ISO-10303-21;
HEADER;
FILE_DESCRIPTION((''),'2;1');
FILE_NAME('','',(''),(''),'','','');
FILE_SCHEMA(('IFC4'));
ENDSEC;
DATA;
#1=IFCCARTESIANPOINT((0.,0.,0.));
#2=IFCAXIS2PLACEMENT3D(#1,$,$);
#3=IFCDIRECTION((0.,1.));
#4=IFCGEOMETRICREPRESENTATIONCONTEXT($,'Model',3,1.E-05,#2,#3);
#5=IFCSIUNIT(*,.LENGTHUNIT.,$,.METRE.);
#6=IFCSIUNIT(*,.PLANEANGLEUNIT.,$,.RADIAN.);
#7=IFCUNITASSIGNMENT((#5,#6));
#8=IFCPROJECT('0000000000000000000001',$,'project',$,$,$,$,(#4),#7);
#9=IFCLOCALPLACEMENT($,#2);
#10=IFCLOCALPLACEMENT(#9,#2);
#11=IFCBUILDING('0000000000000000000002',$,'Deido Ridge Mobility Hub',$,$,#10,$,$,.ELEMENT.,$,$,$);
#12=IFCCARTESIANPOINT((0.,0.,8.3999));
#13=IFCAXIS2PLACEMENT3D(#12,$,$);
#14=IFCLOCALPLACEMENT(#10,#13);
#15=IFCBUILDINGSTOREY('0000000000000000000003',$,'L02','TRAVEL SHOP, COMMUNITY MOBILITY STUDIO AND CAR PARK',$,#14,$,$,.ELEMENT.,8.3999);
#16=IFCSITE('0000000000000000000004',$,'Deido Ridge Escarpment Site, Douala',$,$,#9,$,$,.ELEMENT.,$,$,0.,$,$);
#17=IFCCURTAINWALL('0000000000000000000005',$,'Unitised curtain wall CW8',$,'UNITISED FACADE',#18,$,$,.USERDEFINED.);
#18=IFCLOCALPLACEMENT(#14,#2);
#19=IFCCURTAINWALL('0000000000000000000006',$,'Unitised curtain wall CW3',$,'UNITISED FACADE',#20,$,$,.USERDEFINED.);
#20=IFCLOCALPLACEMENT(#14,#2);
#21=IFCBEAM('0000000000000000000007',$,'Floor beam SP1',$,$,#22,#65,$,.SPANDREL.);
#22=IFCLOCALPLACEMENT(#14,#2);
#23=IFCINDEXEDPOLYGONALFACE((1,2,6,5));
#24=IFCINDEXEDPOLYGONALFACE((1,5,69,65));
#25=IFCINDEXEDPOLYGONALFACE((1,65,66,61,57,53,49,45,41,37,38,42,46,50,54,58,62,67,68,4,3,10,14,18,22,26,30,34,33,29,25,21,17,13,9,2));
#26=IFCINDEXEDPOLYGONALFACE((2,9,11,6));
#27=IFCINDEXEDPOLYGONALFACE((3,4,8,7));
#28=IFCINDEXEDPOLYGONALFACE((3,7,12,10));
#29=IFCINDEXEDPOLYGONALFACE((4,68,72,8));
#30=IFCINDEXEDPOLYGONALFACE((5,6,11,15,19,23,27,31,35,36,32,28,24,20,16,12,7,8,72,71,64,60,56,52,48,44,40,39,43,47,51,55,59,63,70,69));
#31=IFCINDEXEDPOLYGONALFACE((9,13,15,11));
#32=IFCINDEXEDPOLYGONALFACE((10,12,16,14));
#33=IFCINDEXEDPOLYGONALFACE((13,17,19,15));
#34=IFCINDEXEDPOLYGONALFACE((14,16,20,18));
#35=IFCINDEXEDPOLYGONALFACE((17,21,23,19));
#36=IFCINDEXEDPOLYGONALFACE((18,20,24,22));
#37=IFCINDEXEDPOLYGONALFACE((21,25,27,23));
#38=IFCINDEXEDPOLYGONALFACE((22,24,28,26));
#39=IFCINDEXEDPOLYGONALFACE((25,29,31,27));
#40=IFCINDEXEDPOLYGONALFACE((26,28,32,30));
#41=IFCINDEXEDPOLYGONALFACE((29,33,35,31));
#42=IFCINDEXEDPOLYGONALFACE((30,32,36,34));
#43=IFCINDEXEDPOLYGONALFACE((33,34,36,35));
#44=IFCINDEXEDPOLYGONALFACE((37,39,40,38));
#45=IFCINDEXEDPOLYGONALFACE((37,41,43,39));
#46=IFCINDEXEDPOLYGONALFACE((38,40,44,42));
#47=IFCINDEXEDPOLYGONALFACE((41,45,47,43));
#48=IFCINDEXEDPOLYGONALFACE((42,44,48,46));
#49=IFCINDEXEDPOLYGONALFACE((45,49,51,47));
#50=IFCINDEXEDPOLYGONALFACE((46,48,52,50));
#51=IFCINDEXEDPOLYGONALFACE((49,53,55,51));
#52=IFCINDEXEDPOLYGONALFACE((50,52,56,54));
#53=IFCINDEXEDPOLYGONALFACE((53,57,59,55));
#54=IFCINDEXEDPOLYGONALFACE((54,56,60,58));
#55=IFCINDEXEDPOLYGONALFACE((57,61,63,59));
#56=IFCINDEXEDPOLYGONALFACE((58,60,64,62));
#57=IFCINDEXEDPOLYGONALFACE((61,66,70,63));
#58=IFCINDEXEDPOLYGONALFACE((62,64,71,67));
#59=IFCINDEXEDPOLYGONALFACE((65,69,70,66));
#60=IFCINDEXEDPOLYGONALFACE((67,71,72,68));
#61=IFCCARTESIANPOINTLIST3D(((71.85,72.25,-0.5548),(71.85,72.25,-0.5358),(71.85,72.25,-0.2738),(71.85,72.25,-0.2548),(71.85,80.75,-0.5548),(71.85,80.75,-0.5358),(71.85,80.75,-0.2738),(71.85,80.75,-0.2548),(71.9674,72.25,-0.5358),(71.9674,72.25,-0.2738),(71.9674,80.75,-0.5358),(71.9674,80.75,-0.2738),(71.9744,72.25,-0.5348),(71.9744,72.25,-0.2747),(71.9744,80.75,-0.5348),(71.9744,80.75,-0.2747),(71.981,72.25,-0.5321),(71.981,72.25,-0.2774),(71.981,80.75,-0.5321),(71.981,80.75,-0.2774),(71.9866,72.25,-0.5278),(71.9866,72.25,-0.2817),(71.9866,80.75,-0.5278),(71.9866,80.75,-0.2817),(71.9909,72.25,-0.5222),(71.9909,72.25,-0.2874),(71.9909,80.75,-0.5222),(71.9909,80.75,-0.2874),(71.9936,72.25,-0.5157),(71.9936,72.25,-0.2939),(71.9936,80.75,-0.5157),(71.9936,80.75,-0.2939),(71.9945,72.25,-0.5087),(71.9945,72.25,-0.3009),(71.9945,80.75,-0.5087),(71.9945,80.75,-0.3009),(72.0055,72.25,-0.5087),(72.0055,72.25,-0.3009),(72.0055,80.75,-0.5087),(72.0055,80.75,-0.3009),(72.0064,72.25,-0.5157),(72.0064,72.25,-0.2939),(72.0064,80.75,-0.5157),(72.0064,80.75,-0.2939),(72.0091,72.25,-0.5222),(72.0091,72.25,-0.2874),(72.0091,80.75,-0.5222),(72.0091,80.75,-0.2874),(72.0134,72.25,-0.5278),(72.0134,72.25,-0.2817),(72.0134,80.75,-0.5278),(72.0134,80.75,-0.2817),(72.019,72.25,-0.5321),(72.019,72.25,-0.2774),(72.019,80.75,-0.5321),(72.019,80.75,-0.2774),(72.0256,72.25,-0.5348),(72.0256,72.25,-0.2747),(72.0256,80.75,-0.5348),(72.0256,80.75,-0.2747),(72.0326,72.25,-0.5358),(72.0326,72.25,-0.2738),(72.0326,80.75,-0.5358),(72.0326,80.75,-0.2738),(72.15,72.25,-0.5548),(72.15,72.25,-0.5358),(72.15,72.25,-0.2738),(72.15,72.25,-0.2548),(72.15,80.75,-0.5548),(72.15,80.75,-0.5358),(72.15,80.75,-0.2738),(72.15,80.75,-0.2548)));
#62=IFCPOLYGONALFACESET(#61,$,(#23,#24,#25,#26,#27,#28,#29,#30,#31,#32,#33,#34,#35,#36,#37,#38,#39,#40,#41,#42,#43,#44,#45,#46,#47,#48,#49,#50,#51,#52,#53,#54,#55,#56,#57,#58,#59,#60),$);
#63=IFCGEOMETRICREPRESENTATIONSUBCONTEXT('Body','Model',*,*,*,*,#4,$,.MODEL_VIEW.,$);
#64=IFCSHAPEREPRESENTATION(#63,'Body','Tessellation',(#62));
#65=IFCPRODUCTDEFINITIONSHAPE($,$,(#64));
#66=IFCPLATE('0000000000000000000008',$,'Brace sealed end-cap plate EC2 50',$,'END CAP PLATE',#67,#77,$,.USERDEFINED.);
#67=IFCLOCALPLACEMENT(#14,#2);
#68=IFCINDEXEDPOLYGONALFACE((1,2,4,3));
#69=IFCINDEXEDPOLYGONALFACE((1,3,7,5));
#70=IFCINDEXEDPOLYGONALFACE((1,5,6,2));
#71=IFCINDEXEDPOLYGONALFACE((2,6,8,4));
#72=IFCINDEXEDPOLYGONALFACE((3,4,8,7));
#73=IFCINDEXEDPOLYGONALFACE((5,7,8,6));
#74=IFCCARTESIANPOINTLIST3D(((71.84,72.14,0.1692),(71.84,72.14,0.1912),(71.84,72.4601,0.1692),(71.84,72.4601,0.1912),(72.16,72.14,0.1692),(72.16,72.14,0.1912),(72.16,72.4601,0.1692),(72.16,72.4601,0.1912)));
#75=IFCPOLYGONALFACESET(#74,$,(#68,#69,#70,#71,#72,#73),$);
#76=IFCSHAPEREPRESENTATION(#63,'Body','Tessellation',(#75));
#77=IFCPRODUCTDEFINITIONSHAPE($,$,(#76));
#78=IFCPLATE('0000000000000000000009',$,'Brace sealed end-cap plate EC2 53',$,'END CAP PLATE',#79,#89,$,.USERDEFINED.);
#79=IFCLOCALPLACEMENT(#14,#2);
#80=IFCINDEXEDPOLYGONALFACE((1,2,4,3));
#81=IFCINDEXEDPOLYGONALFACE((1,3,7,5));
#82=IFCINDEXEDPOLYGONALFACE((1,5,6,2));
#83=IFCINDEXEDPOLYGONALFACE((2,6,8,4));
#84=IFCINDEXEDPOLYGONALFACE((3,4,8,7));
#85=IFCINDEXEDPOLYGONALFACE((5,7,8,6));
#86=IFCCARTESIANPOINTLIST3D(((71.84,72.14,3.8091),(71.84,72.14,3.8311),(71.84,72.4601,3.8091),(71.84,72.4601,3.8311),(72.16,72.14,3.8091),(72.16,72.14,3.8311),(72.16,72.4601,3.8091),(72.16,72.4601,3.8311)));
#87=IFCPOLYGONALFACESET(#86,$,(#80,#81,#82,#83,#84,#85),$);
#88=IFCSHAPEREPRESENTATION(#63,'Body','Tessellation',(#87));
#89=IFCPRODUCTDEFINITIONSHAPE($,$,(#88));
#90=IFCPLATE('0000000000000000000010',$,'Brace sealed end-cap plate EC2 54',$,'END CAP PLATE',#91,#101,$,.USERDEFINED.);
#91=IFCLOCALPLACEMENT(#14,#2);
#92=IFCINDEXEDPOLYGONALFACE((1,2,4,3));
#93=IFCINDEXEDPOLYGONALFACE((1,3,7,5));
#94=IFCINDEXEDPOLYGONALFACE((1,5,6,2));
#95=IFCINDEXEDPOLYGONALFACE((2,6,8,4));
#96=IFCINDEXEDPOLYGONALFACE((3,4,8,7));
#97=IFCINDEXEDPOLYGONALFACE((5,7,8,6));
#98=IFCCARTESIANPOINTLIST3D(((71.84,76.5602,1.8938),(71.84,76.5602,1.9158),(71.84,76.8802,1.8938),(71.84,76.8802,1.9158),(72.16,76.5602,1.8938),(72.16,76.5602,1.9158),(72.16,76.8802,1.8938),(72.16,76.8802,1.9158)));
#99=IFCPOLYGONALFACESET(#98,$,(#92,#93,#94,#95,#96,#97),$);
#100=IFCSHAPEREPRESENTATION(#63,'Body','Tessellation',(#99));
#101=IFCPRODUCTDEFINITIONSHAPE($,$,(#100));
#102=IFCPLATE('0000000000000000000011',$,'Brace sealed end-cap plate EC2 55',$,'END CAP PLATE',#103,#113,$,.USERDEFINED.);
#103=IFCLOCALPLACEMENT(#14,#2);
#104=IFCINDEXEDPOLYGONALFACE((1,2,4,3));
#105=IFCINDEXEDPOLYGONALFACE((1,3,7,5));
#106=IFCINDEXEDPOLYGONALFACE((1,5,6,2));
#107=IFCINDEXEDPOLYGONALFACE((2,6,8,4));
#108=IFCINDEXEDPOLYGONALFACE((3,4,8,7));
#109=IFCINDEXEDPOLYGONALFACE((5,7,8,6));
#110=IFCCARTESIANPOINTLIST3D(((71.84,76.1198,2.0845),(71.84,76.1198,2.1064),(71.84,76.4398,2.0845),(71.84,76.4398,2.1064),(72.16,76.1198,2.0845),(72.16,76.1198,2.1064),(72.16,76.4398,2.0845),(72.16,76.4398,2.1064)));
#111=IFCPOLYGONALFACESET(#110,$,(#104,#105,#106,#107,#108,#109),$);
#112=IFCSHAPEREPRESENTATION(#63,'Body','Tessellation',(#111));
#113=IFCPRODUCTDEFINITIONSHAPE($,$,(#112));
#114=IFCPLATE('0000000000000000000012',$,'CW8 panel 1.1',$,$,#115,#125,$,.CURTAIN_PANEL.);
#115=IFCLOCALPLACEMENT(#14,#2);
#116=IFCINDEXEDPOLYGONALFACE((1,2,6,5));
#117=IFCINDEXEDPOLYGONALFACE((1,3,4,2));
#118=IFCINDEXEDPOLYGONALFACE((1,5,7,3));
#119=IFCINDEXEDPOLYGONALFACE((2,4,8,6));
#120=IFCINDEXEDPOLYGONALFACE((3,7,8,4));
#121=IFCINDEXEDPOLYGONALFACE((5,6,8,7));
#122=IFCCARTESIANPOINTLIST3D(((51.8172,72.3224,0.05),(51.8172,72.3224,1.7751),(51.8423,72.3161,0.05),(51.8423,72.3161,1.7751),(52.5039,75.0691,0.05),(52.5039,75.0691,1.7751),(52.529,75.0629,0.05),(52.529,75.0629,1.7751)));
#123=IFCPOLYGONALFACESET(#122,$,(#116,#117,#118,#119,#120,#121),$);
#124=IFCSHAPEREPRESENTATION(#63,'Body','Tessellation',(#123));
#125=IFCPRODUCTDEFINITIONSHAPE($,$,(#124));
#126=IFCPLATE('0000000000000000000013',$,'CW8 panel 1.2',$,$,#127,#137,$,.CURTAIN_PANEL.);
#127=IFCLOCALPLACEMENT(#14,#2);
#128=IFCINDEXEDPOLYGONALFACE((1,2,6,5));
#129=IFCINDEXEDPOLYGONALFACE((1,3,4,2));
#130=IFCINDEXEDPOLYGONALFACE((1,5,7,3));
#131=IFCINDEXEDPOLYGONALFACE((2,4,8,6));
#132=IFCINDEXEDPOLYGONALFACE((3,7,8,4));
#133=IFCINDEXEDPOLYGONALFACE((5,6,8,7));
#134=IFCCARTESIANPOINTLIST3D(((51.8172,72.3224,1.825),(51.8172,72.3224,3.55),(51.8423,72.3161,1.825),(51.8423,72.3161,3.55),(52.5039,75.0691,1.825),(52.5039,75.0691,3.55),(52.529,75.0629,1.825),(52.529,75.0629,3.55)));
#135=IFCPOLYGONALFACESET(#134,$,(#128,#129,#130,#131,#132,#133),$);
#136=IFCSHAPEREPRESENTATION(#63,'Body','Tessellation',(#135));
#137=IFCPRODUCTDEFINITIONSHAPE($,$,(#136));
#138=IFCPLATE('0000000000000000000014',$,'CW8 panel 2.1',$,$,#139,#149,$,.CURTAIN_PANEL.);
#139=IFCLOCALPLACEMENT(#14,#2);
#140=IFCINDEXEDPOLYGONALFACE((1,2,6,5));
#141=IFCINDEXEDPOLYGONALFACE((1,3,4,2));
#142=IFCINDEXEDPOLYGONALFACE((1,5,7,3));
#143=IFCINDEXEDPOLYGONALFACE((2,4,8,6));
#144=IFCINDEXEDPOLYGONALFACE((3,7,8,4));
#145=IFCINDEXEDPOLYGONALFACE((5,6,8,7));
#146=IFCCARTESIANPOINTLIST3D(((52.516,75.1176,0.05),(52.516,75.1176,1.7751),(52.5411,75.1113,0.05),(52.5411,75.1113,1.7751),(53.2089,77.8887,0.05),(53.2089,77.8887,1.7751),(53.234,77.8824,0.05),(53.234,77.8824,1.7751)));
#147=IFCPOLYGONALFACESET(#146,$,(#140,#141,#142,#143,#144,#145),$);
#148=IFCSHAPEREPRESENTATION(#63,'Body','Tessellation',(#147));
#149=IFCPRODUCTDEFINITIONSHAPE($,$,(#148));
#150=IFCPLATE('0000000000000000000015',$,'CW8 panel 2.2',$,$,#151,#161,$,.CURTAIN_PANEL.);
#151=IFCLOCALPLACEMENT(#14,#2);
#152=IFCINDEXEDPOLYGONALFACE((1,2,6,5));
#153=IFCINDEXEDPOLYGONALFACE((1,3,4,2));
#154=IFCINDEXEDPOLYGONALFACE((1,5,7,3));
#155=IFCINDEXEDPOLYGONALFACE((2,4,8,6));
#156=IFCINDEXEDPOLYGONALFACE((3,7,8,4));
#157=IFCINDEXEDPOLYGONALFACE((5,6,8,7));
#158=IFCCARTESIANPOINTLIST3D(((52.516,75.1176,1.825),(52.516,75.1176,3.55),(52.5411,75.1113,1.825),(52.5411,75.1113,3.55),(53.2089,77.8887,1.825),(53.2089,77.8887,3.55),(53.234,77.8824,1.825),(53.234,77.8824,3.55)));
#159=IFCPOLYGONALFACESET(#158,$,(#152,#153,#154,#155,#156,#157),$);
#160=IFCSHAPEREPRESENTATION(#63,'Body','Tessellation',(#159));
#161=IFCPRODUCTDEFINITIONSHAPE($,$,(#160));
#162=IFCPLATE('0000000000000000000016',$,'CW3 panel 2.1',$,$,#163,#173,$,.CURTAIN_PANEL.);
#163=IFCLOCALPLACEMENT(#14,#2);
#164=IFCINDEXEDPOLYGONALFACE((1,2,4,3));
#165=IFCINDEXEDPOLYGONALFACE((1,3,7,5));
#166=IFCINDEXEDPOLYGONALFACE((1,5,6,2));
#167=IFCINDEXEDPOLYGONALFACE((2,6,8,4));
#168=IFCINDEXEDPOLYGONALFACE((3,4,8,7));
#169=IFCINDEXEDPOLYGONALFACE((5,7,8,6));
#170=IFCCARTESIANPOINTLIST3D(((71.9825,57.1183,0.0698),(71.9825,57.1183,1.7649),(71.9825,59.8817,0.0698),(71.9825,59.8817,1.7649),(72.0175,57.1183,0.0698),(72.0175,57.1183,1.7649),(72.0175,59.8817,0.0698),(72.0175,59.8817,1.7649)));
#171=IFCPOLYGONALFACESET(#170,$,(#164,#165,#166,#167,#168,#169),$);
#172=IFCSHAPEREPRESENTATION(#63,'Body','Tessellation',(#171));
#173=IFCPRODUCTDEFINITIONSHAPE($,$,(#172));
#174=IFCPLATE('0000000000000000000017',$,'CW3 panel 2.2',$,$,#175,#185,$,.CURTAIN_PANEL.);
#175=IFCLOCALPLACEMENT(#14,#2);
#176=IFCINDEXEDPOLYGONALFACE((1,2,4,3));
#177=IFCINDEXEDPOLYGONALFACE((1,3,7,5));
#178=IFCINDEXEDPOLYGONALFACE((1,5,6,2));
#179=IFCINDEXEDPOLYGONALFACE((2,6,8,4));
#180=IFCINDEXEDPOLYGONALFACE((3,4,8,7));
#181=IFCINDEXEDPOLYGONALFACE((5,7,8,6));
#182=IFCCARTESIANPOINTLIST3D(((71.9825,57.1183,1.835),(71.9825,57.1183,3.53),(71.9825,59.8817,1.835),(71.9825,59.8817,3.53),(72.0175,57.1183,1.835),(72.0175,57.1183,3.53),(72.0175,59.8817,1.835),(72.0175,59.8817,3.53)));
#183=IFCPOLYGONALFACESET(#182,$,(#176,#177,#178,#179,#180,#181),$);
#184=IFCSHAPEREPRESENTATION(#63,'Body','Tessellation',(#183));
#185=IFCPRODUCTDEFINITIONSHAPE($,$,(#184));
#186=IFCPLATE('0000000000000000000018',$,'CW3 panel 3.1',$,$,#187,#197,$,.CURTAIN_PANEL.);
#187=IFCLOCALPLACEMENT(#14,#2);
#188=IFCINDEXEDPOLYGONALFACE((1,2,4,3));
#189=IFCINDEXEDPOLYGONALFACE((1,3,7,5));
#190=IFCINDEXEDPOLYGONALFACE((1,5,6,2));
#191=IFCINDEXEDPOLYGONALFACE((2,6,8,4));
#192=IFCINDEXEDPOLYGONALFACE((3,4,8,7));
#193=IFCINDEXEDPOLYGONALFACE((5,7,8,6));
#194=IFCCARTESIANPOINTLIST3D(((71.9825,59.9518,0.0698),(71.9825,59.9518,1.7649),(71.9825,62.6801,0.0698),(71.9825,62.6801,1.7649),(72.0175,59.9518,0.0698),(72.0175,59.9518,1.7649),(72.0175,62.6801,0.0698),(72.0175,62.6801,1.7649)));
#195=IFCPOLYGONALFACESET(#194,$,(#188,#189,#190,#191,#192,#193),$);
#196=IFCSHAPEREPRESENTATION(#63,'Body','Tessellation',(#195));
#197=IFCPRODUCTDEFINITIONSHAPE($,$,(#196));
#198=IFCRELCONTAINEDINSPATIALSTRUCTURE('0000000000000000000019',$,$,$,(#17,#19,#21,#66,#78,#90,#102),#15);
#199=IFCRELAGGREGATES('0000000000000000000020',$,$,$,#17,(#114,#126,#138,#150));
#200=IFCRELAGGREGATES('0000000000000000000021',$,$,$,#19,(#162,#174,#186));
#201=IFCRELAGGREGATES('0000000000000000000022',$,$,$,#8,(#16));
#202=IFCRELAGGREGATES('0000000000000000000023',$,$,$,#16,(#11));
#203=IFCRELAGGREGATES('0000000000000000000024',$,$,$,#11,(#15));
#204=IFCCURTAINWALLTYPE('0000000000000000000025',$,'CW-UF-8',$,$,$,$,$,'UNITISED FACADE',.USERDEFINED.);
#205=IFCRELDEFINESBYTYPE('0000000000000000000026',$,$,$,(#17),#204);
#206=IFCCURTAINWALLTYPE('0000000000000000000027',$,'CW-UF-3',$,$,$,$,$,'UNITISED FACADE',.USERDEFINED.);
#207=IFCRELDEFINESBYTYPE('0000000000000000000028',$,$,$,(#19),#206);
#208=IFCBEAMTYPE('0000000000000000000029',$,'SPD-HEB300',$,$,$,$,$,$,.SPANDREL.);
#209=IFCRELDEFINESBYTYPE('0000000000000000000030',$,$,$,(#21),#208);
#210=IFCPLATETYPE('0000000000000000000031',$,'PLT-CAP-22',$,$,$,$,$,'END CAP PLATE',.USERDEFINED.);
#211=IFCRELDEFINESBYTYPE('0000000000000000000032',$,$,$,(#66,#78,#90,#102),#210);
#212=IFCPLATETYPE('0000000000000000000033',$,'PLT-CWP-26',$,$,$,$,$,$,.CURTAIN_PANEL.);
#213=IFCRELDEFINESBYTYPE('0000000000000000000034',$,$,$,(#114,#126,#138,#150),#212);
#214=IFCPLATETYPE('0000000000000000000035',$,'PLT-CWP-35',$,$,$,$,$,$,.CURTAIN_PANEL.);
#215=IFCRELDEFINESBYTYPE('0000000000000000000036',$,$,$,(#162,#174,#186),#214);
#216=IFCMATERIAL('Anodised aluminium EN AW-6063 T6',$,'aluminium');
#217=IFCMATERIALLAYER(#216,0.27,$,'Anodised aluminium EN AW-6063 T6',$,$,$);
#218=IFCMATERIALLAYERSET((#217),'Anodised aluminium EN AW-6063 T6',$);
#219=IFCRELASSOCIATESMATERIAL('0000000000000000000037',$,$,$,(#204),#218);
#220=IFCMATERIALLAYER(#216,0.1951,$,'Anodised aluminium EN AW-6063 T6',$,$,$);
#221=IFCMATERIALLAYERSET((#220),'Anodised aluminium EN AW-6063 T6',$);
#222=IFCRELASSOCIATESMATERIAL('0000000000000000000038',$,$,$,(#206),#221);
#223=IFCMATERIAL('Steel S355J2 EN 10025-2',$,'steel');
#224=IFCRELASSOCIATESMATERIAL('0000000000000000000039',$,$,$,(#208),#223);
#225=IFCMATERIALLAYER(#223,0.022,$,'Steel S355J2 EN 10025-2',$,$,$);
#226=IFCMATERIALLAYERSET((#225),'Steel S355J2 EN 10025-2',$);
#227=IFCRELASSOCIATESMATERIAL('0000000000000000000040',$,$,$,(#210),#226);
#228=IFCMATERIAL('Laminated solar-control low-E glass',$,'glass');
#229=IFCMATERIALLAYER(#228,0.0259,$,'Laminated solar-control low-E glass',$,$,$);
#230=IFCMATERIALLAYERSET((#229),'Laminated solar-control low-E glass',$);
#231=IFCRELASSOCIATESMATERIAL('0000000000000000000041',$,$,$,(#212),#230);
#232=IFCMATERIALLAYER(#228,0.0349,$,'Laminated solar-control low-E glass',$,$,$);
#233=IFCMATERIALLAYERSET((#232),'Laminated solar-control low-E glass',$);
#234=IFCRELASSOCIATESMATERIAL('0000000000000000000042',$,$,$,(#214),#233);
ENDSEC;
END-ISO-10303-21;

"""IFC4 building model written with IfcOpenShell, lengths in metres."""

from ifc_helpers import new_model, si_unit, direction, frame, origin, origin_2d, place, context, subcontext, project, spatial, rectangle, i_section, extrude, material, layer, layer_set, material_profile, profile_set, type_object, element, aggregate, save


model = new_model("IFC4")

# Units and contexts
model_context = context("Model", 3, precision=1e-05, world=origin(), true_north=direction((0.0, 1.0)))
body_context = subcontext(model_context, "Body", "Model", "MODEL_VIEW")
ifc_project = project(units=[si_unit("LENGTHUNIT", "METRE"), si_unit("PLANEANGLEUNIT", "RADIAN")], contexts=[model_context])

# Site, building, storey
site_placement = place(None, origin())
site = spatial("IfcSite", under=ifc_project, at=site_placement, Name="Deido Ridge Escarpment Site, Douala", CompositionType="ELEMENT", RefElevation=0.0)
building_placement = place(site_placement, origin())
building = spatial("IfcBuilding", under=site, at=building_placement, Name="Deido Ridge Mobility Hub", CompositionType="ELEMENT")
storey_placement = place(building_placement, frame((0.0, 0.0, 8.3999)))
storey = spatial("IfcBuildingStorey", under=building, at=storey_placement, Name="L02", Description="TRAVEL SHOP, COMMUNITY MOBILITY STUDIO AND CAR PARK", CompositionType="ELEMENT", Elevation=8.3999)

# Shared definitions
ifc_material_1 = material(Name="Steel S355J2 EN 10025-2", Category="steel")

# Curtain walls
ifc_material_2 = material(Name="Anodised aluminium EN AW-6063 T6", Category="aluminium")
ifc_layer_1 = layer(ifc_material_2, 0.27, Name="Anodised aluminium EN AW-6063 T6")
ifc_layer_set_1 = layer_set([ifc_layer_1], Name="Anodised aluminium EN AW-6063 T6")
curtain_wall_type_1 = type_object("IfcCurtainWallType", Name="CW-UF-8", ElementType="UNITISED FACADE", PredefinedType="USERDEFINED", material=ifc_layer_set_1)
curtain_wall_1_placement = place(storey_placement, origin())
curtain_wall_1 = element("IfcCurtainWall", 1, at=curtain_wall_1_placement, inside=storey, type_object=curtain_wall_type_1, Name="Unitised curtain wall CW8", ObjectType="UNITISED FACADE", PredefinedType="USERDEFINED")
ifc_layer_2 = layer(ifc_material_2, 0.1951, Name="Anodised aluminium EN AW-6063 T6")
ifc_layer_set_2 = layer_set([ifc_layer_2], Name="Anodised aluminium EN AW-6063 T6")
curtain_wall_type_2 = type_object("IfcCurtainWallType", Name="CW-UF-3", ElementType="UNITISED FACADE", PredefinedType="USERDEFINED", material=ifc_layer_set_2)
curtain_wall_2_placement = place(storey_placement, origin())
curtain_wall_2 = element("IfcCurtainWall", 2, at=curtain_wall_2_placement, inside=storey, type_object=curtain_wall_type_2, Name="Unitised curtain wall CW3", ObjectType="UNITISED FACADE", PredefinedType="USERDEFINED")

# Beam
ifc_material_profile_1 = material_profile(ifc_material_1, i_section(OverallWidth=0.3, OverallDepth=0.3, WebThickness=0.011, FlangeThickness=0.019, FilletRadius=0.0271, at=origin_2d()), Name="HEB 300")
ifc_profile_set_1 = profile_set([ifc_material_profile_1], Name="Steel S355J2 EN 10025-2")
beam_type = type_object("IfcBeamType", Name="SPD-HEB300", PredefinedType="SPANDREL", material=ifc_profile_set_1)
for number, where, z_axis, x_axis, name in (
    (3, (72.0, 72.25, -0.4048), (0.0, 1.0, 0.0), (-1.0, 0.0, 0.0), "Floor beam SP1"),
):
    element("IfcBeam", number, at=place(storey_placement, frame(where, z_axis=z_axis, x_axis=x_axis)), inside=storey, type_object=beam_type, Name=name, PredefinedType="SPANDREL", context=body_context, shape_type="SweptSolid", body=[
        extrude(i_section(OverallWidth=0.3, OverallDepth=0.3, WebThickness=0.011, FlangeThickness=0.019, FilletRadius=0.0271, at=origin_2d()), origin(), (0.0, 0.0, 1.0), 8.5),
    ])

# Plates
ifc_layer_3 = layer(ifc_material_1, 0.022, Name="Steel S355J2 EN 10025-2")
ifc_layer_set_3 = layer_set([ifc_layer_3], Name="Steel S355J2 EN 10025-2")
plate_type_1 = type_object("IfcPlateType", Name="PLT-CAP-22", ElementType="END CAP PLATE", PredefinedType="USERDEFINED", material=ifc_layer_set_3)
for number, where, z_axis, x_axis, name in (
    (4, (72.0, 72.3, 0.1692), (0.0, 0.0, 1.0), (1.0, 0.0, 0.0), "Brace sealed end-cap plate EC2 50"),
    (5, (72.0, 72.3, 3.8091), (0.0, 0.0, 1.0), (1.0, 0.0, 0.0), "Brace sealed end-cap plate EC2 53"),
    (6, (72.0, 76.7202, 1.8938), (0.0, 0.0, 1.0), (1.0, 0.0, 0.0), "Brace sealed end-cap plate EC2 54"),
    (7, (72.0, 76.2798, 2.0845), (0.0, 0.0, 1.0), (1.0, 0.0, 0.0), "Brace sealed end-cap plate EC2 55"),
):
    element("IfcPlate", number, at=place(storey_placement, frame(where, z_axis=z_axis, x_axis=x_axis)), inside=storey, type_object=plate_type_1, Name=name, ObjectType="END CAP PLATE", PredefinedType="USERDEFINED", context=body_context, shape_type="SweptSolid", body=[
        extrude(rectangle(XDim=0.3201, YDim=0.3201, at=origin_2d()), origin(), (0.0, 0.0, 1.0), 0.022),
    ])

# Plates
ifc_material_3 = material(Name="Laminated solar-control low-E glass", Category="glass")
ifc_layer_4 = layer(ifc_material_3, 0.0259, Name="Laminated solar-control low-E glass")
ifc_layer_set_4 = layer_set([ifc_layer_4], Name="Laminated solar-control low-E glass")
plate_type_2 = type_object("IfcPlateType", Name="PLT-CWP-26", PredefinedType="CURTAIN_PANEL", material=ifc_layer_set_4)
plate_1_placement = place(storey_placement, frame((52.1731, 73.6926, 0.05), z_axis=(0.0, 0.0, 1.0), x_axis=(0.242546, 0.97014, 0.0)))
plate_1 = element("IfcPlate", 8, at=plate_1_placement, type_object=plate_type_2, Name="CW8 panel 1.1", PredefinedType="CURTAIN_PANEL", context=body_context, shape_type="SweptSolid", body=[
    extrude(rectangle(XDim=2.8313, YDim=0.0259, at=origin_2d()), origin(), (0.0, 0.0, 1.0), 1.7251),
])
plate_2_placement = place(storey_placement, frame((52.1731, 73.6926, 1.825), z_axis=(0.0, 0.0, 1.0), x_axis=(0.242546, 0.97014, 0.0)))
plate_2 = element("IfcPlate", 9, at=plate_2_placement, type_object=plate_type_2, Name="CW8 panel 1.2", PredefinedType="CURTAIN_PANEL", context=body_context, shape_type="SweptSolid", body=[
    extrude(rectangle(XDim=2.8313, YDim=0.0259, at=origin_2d()), origin(), (0.0, 0.0, 1.0), 1.7251),
])
plate_3_placement = place(storey_placement, frame((52.875, 76.5, 0.05), z_axis=(0.0, 0.0, 1.0), x_axis=(0.242546, 0.97014, 0.0)))
plate_3 = element("IfcPlate", 10, at=plate_3_placement, type_object=plate_type_2, Name="CW8 panel 2.1", PredefinedType="CURTAIN_PANEL", context=body_context, shape_type="SweptSolid", body=[
    extrude(rectangle(XDim=2.8564, YDim=0.0259, at=origin_2d()), origin(), (0.0, 0.0, 1.0), 1.7251),
])
plate_4_placement = place(storey_placement, frame((52.875, 76.5, 1.825), z_axis=(0.0, 0.0, 1.0), x_axis=(0.242546, 0.97014, 0.0)))
plate_4 = element("IfcPlate", 11, at=plate_4_placement, type_object=plate_type_2, Name="CW8 panel 2.2", PredefinedType="CURTAIN_PANEL", context=body_context, shape_type="SweptSolid", body=[
    extrude(rectangle(XDim=2.8564, YDim=0.0259, at=origin_2d()), origin(), (0.0, 0.0, 1.0), 1.7251),
])
aggregate(curtain_wall_1, [plate_1, plate_2, plate_3, plate_4])
ifc_layer_5 = layer(ifc_material_3, 0.0349, Name="Laminated solar-control low-E glass")
ifc_layer_set_5 = layer_set([ifc_layer_5], Name="Laminated solar-control low-E glass")
plate_type_3 = type_object("IfcPlateType", Name="PLT-CWP-35", PredefinedType="CURTAIN_PANEL", material=ifc_layer_set_5)
plate_5_placement = place(storey_placement, frame((72.0, 58.5, 0.0698), z_axis=(0.0, 0.0, 1.0), x_axis=(0.0, 1.0, 0.0)))
plate_5 = element("IfcPlate", 12, at=plate_5_placement, type_object=plate_type_3, Name="CW3 panel 2.1", PredefinedType="CURTAIN_PANEL", context=body_context, shape_type="SweptSolid", body=[
    extrude(rectangle(XDim=2.7634, YDim=0.0349, at=origin_2d()), origin(), (0.0, 0.0, 1.0), 1.6951),
])
plate_6_placement = place(storey_placement, frame((72.0, 58.5, 1.835), z_axis=(0.0, 0.0, 1.0), x_axis=(0.0, 1.0, 0.0)))
plate_6 = element("IfcPlate", 13, at=plate_6_placement, type_object=plate_type_3, Name="CW3 panel 2.2", PredefinedType="CURTAIN_PANEL", context=body_context, shape_type="SweptSolid", body=[
    extrude(rectangle(XDim=2.7634, YDim=0.0349, at=origin_2d()), origin(), (0.0, 0.0, 1.0), 1.6951),
])
plate_7_placement = place(storey_placement, frame((72.0, 61.3159, 0.0698), z_axis=(0.0, 0.0, 1.0), x_axis=(0.0, 1.0, 0.0)))
plate_7 = element("IfcPlate", 14, at=plate_7_placement, type_object=plate_type_3, Name="CW3 panel 3.1", PredefinedType="CURTAIN_PANEL", context=body_context, shape_type="SweptSolid", body=[
    extrude(rectangle(XDim=2.7283, YDim=0.0349, at=origin_2d()), origin(), (0.0, 0.0, 1.0), 1.6951),
])
aggregate(curtain_wall_2, [plate_5, plate_6, plate_7])

save(model, "model.ifc")
